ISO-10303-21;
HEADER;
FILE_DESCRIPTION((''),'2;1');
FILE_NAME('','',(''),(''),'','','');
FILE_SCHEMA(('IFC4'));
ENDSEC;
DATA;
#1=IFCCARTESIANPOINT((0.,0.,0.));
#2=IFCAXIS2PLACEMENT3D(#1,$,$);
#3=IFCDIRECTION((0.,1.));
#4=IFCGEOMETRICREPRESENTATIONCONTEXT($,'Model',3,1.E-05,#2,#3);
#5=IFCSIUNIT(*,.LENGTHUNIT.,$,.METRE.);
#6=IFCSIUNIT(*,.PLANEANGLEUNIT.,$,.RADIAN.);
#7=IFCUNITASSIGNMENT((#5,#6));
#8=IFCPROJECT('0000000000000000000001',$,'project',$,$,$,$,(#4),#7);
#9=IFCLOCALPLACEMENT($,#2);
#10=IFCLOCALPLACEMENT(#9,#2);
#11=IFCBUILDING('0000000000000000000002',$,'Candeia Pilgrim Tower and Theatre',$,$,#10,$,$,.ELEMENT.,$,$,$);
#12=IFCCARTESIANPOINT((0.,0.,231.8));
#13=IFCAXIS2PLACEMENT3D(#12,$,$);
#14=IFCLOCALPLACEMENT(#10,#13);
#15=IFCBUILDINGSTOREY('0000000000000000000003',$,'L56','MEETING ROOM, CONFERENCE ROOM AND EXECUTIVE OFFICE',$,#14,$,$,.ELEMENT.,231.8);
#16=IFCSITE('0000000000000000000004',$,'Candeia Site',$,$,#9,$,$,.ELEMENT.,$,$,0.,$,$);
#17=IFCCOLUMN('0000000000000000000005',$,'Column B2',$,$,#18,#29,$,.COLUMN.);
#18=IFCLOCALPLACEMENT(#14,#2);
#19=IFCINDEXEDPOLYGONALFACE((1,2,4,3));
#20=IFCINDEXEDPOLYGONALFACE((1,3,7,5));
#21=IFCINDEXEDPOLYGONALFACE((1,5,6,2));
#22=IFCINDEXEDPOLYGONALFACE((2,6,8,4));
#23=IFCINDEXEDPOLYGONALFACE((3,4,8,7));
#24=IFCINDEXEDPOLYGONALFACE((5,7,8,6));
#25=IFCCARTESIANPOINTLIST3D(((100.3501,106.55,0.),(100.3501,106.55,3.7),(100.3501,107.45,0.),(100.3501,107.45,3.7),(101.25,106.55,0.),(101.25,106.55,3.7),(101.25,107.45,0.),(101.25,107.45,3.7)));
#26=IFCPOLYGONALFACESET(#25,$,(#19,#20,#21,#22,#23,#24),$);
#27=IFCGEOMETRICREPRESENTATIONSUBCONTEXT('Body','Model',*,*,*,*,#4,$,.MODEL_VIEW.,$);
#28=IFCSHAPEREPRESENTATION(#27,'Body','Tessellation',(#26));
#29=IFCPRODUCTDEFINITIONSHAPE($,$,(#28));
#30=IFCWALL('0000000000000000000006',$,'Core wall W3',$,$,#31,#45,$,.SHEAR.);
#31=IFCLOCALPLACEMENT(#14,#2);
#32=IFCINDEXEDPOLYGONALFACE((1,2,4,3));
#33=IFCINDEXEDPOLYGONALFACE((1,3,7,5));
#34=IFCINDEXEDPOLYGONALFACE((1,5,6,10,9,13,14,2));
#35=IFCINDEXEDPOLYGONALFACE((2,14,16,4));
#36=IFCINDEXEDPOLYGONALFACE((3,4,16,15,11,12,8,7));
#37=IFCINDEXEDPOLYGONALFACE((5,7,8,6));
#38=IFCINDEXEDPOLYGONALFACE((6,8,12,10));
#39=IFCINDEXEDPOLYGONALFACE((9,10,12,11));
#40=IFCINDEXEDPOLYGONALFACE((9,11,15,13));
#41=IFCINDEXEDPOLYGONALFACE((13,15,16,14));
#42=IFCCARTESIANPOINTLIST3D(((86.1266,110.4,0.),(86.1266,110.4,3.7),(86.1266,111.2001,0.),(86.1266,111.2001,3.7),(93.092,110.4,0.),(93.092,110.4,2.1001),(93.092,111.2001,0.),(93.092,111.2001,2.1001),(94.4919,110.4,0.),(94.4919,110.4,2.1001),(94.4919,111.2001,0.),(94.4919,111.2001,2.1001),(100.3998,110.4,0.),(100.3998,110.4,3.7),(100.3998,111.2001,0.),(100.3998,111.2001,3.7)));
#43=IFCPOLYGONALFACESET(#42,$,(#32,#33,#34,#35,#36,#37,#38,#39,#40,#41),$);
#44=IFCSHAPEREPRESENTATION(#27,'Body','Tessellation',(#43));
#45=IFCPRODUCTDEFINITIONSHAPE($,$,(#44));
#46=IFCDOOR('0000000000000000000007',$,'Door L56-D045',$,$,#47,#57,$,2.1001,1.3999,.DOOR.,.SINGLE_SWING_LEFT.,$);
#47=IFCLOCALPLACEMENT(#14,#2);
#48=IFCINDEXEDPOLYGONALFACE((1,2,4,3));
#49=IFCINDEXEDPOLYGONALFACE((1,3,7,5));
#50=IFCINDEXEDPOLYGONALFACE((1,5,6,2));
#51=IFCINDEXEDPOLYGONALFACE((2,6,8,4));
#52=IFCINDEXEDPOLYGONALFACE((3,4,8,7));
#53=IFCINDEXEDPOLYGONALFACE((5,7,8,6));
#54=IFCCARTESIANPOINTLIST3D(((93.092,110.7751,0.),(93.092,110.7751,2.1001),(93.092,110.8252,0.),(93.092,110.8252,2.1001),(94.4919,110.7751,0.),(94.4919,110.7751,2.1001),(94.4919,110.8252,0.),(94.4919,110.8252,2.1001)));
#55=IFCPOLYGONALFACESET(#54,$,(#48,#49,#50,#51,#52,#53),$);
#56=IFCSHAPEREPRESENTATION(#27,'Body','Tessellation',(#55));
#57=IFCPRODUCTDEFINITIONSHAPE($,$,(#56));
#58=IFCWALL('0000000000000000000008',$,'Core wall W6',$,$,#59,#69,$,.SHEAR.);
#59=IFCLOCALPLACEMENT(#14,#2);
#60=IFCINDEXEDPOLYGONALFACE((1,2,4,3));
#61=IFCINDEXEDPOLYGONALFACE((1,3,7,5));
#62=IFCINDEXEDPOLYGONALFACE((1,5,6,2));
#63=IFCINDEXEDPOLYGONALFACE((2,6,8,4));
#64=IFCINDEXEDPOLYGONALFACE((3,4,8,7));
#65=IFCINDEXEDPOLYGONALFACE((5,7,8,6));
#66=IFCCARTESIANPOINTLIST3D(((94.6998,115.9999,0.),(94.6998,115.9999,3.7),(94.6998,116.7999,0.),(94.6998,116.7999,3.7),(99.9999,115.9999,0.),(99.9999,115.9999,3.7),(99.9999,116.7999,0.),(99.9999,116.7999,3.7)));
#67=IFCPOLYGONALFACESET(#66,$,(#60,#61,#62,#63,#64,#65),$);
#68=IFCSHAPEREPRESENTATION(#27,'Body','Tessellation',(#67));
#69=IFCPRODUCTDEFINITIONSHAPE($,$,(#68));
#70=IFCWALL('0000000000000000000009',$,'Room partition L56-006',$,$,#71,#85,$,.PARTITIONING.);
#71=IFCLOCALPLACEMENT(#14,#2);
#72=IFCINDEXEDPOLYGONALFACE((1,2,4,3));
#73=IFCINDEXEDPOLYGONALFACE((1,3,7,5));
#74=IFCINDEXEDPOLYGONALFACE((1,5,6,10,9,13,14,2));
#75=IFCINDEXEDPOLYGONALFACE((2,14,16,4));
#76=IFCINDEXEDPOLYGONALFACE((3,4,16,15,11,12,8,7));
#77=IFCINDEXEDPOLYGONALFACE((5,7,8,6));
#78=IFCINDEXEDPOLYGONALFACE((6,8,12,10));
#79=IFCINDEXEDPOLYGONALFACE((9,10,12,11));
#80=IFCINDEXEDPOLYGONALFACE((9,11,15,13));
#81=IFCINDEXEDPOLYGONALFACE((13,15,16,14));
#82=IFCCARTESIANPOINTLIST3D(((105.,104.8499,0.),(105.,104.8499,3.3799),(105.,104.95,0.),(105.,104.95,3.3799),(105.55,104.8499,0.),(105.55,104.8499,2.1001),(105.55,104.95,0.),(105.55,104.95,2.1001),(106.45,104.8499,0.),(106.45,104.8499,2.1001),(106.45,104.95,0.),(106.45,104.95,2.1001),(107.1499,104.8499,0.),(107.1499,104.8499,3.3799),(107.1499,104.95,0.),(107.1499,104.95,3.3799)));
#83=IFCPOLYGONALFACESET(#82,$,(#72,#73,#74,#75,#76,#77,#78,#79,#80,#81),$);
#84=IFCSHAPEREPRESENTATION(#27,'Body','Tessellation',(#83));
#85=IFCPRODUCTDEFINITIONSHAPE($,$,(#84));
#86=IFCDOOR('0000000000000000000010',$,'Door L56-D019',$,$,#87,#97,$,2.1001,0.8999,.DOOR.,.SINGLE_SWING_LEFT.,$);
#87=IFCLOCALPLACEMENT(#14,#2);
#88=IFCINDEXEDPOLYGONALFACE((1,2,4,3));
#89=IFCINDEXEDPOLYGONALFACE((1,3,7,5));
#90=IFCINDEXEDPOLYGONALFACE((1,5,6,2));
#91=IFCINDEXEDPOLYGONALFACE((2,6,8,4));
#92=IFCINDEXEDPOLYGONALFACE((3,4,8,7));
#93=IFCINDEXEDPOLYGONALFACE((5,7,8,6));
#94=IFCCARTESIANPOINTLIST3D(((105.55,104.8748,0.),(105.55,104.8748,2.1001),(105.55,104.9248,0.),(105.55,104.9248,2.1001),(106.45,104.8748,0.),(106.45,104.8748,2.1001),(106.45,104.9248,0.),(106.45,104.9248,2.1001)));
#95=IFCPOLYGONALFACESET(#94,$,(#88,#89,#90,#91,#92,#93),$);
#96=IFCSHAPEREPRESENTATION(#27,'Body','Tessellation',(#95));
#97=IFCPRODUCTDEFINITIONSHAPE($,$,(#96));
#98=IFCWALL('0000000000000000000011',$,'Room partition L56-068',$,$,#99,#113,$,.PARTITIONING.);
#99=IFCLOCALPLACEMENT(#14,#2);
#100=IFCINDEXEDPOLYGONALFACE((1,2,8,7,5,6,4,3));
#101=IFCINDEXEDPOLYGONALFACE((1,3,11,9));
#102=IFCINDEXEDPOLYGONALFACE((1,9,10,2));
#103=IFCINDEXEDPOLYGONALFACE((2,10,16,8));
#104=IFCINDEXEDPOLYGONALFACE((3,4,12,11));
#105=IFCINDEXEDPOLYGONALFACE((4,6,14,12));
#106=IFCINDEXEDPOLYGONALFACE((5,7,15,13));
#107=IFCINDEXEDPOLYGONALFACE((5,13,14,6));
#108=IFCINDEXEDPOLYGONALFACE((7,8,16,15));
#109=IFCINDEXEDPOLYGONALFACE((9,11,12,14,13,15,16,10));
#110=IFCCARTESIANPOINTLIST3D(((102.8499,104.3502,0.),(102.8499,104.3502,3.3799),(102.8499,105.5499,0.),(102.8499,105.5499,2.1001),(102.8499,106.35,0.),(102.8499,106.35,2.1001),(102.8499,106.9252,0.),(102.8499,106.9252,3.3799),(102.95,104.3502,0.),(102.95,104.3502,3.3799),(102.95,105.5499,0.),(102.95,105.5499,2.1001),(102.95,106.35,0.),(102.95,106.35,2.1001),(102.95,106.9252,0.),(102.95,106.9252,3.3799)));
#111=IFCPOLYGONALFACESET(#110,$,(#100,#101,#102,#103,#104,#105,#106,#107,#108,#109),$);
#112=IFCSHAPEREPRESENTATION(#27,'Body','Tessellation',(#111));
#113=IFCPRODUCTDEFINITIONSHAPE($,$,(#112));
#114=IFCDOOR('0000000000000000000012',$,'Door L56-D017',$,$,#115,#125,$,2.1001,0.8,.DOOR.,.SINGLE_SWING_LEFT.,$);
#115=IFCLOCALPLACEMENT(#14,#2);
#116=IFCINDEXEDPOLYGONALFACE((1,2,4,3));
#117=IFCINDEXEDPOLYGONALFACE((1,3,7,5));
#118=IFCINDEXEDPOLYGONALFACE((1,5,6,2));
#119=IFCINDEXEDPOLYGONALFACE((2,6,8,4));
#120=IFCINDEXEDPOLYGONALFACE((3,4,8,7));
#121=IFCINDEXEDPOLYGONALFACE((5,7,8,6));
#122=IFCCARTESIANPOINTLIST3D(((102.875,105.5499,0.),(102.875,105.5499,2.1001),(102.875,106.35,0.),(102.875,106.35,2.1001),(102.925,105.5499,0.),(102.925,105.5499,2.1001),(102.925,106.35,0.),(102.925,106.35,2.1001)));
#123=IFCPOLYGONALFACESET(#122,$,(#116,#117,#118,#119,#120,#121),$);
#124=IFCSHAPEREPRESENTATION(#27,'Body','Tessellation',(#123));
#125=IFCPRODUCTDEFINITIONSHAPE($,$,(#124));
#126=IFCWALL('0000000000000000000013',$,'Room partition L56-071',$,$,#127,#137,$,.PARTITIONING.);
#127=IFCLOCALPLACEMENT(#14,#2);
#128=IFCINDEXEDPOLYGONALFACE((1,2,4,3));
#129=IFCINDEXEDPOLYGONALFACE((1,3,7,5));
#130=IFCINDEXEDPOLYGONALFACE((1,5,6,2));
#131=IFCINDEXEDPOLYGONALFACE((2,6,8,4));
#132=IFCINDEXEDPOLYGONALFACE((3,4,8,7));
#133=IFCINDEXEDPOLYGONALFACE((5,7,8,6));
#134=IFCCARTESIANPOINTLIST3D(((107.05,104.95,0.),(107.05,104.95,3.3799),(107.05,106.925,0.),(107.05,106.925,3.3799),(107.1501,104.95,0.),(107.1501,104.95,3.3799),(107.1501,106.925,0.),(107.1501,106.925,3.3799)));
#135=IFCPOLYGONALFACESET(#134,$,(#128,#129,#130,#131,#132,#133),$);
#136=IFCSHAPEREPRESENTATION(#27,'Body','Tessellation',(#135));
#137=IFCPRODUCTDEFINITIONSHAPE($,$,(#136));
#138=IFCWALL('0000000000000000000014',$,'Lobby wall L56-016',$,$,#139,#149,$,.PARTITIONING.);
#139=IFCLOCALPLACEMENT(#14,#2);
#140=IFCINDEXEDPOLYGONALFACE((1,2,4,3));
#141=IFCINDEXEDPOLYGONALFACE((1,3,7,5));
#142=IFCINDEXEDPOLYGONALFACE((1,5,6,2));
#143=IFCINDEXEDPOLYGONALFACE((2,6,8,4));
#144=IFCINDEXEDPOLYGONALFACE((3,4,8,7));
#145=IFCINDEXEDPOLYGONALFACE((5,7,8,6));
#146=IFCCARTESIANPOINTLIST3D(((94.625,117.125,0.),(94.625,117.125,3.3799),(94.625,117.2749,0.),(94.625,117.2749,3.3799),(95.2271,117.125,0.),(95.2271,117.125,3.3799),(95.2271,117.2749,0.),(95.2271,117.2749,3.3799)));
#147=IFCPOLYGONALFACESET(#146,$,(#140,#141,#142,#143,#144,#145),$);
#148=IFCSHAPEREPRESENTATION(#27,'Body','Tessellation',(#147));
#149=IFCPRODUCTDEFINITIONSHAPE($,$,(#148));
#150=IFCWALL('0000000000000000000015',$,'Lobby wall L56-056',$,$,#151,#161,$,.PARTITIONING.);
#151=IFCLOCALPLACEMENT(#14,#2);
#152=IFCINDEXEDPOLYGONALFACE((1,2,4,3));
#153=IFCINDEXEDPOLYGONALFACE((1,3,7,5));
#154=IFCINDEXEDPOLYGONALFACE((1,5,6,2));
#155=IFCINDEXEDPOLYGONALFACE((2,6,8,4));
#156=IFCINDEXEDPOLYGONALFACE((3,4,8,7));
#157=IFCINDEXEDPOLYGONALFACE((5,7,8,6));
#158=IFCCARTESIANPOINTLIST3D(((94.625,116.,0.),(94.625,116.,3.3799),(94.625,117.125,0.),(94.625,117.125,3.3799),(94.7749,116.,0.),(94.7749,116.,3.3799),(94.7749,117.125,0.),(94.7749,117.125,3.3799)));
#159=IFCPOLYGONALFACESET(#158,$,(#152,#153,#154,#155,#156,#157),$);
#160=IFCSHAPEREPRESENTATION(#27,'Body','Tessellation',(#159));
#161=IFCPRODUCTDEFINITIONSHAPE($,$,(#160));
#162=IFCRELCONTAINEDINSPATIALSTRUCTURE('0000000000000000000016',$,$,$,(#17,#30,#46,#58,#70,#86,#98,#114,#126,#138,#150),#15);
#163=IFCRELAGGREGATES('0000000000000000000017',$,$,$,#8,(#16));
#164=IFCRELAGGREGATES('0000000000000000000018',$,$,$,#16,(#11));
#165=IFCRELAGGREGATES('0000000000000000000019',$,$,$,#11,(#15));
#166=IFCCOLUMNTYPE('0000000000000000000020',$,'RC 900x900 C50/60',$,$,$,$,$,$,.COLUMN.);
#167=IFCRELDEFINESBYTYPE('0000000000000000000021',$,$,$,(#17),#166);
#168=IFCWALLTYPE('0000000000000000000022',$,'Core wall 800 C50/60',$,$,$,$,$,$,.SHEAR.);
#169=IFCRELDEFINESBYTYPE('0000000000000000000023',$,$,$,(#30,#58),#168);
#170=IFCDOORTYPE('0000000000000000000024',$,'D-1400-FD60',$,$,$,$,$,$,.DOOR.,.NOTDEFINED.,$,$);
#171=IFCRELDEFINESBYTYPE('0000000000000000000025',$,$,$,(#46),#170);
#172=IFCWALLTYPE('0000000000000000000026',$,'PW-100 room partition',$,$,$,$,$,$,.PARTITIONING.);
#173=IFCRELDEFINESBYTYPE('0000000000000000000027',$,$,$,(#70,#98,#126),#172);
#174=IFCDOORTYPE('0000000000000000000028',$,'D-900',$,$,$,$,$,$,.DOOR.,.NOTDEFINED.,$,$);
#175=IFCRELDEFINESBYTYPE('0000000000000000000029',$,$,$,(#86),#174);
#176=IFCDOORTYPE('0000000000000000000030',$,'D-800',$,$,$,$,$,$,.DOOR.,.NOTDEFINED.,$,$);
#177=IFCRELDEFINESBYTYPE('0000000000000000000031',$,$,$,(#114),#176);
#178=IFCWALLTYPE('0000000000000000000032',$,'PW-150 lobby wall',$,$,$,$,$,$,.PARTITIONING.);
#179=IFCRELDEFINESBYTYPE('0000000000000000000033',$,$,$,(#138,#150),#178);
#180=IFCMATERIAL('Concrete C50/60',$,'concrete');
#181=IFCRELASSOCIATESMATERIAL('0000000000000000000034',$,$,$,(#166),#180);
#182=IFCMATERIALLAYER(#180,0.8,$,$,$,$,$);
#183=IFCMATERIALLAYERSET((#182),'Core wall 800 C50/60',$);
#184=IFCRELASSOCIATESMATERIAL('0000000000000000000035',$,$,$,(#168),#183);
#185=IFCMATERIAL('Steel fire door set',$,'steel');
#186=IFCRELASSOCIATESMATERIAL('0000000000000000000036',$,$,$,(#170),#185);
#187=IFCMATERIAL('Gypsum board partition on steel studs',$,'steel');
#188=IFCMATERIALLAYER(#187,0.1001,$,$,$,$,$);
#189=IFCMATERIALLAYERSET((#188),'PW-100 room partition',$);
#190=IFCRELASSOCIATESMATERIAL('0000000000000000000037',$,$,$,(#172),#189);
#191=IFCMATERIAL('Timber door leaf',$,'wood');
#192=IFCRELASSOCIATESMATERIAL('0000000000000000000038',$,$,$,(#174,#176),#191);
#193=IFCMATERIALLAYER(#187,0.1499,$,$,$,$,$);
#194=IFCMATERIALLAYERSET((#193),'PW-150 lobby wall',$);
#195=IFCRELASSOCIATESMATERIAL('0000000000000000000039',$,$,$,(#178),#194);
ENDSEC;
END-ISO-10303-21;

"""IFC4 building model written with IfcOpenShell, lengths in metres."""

from ifc_helpers import new_model, si_unit, direction, frame, frame_2d, origin, origin_2d, place, context, subcontext, project, spatial, rectangle, extrude, material, layer, layer_set, material_profile, profile_set, type_object, element, fill, save


model = new_model("IFC4")

# Units and contexts
model_context = context("Model", 3, precision=1e-05, world=origin(), true_north=direction((0.0, 1.0)))
body_context = subcontext(model_context, "Body", "Model", "MODEL_VIEW")
ifc_project = project(units=[si_unit("LENGTHUNIT", "METRE"), si_unit("PLANEANGLEUNIT", "RADIAN")], contexts=[model_context])

# Site, building, storey
site_placement = place(None, origin())
site = spatial("IfcSite", under=ifc_project, at=site_placement, Name="Candeia Site", CompositionType="ELEMENT", RefElevation=0.0)
building_placement = place(site_placement, origin())
building = spatial("IfcBuilding", under=site, at=building_placement, Name="Candeia Pilgrim Tower and Theatre", CompositionType="ELEMENT")
storey_placement = place(building_placement, frame((0.0, 0.0, 231.8)))
storey = spatial("IfcBuildingStorey", under=building, at=storey_placement, Name="L56", Description="MEETING ROOM, CONFERENCE ROOM AND EXECUTIVE OFFICE", CompositionType="ELEMENT", Elevation=231.8)

# Column
ifc_material_1 = material(Name="Concrete C50/60", Category="concrete")
ifc_material_profile = material_profile(ifc_material_1, rectangle(XDim=0.8999, YDim=0.8999, at=origin_2d()))
ifc_profile_set = profile_set([ifc_material_profile], Name="Concrete C50/60")
column_type = type_object("IfcColumnType", Name="RC 900x900 C50/60", PredefinedType="COLUMN", material=ifc_profile_set)
column_placement = place(storey_placement, frame((100.8, 107.0, 0.0), z_axis=(0.0, 0.0, 1.0), x_axis=(1.0, 0.0, 0.0)))
element("IfcColumn", 1, at=column_placement, inside=storey, type_object=column_type, Name="Column B2", PredefinedType="COLUMN", context=body_context, shape_type="SweptSolid", body=[
    extrude(rectangle(XDim=0.8999, YDim=0.8999, at=origin_2d()), origin(), (0.0, 0.0, 1.0), 3.7),
])

# Wall, opening, door
ifc_layer_1 = layer(ifc_material_1, 0.8)
ifc_layer_set_1 = layer_set([ifc_layer_1], Name="Core wall 800 C50/60")
wall_type_1 = type_object("IfcWallType", Name="Core wall 800 C50/60", PredefinedType="SHEAR", material=ifc_layer_set_1)
wall_1_placement = place(storey_placement, frame((100.3999, 110.8, 0.0), z_axis=(0.0, 0.0, 1.0), x_axis=(-1.0, 0.0, 0.0)))
wall_1 = element("IfcWall", 2, at=wall_1_placement, inside=storey, type_object=wall_type_1, Name="Core wall W3", PredefinedType="SHEAR", context=body_context, shape_type="SweptSolid", body=[
    extrude(rectangle(XDim=14.2732, YDim=0.8, at=frame_2d((7.1367, 0.0))), origin(), (0.0, 0.0, 1.0), 3.7),
])
opening_1_placement = place(wall_1_placement, frame((5.908, 0.0, 0.0)))
opening_1 = element("IfcOpeningElement", 3, at=opening_1_placement, cuts=wall_1, PredefinedType="OPENING", context=body_context, shape_type="SweptSolid", body=[
    extrude(rectangle(XDim=1.3999, YDim=2.1001, at=frame_2d((0.7, 1.05))), frame((0.0, 0.4102, 0.0), z_axis=(0.0, -1.0, 0.0), x_axis=(1.0, 0.0, 0.0)), (0.0, 0.0, 1.0), 0.8201),
])
ifc_material_2 = material(Name="Steel fire door set", Category="steel")
door_type_1 = type_object("IfcDoorType", Name="D-1400-FD60", OperationType="NOTDEFINED", PredefinedType="DOOR", material=ifc_material_2)
door_1_placement = place(opening_1_placement, origin())
door_1 = element("IfcDoor", 4, at=door_1_placement, inside=storey, type_object=door_type_1, Name="Door L56-D045", OperationType="SINGLE_SWING_LEFT", OverallHeight=2.1001, OverallWidth=1.3999, PredefinedType="DOOR", context=body_context, shape_type="SweptSolid", body=[
    extrude(rectangle(XDim=1.3999, YDim=2.1001, at=frame_2d((0.7, 1.05))), frame((0.0, 0.0249, 0.0), z_axis=(0.0, -1.0, 0.0), x_axis=(1.0, 0.0, 0.0)), (0.0, 0.0, 1.0), 0.05),
])
fill(opening_1, door_1)

# Wall
wall_2_placement = place(storey_placement, frame((94.7, 116.3999, 0.0), z_axis=(0.0, 0.0, 1.0), x_axis=(1.0, 0.0, 0.0)))
element("IfcWall", 5, at=wall_2_placement, inside=storey, type_object=wall_type_1, Name="Core wall W6", PredefinedType="SHEAR", context=body_context, shape_type="SweptSolid", body=[
    extrude(rectangle(XDim=5.3, YDim=0.8, at=frame_2d((2.6499, 0.0))), origin(), (0.0, 0.0, 1.0), 3.7),
])

# Walls, openings, doors
ifc_material_3 = material(Name="Gypsum board partition on steel studs", Category="steel")
ifc_layer_2 = layer(ifc_material_3, 0.1001)
ifc_layer_set_2 = layer_set([ifc_layer_2], Name="PW-100 room partition")
wall_type_2 = type_object("IfcWallType", Name="PW-100 room partition", PredefinedType="PARTITIONING", material=ifc_layer_set_2)
wall_3_placement = place(storey_placement, frame((105.0, 104.8999, 0.0), z_axis=(0.0, 0.0, 1.0), x_axis=(1.0, 0.0, 0.0)))
wall_3 = element("IfcWall", 6, at=wall_3_placement, inside=storey, type_object=wall_type_2, Name="Room partition L56-006", PredefinedType="PARTITIONING", context=body_context, shape_type="SweptSolid", body=[
    extrude(rectangle(XDim=2.1499, YDim=0.1001, at=frame_2d((1.075, 0.0))), origin(), (0.0, 0.0, 1.0), 3.3799),
])
opening_2_placement = place(wall_3_placement, frame((0.55, 0.0, 0.0)))
opening_2 = element("IfcOpeningElement", 7, at=opening_2_placement, cuts=wall_3, PredefinedType="OPENING", context=body_context, shape_type="SweptSolid", body=[
    extrude(rectangle(XDim=0.8999, YDim=2.1001, at=frame_2d((0.45, 1.05))), frame((0.0, 0.0601, 0.0), z_axis=(0.0, -1.0, 0.0), x_axis=(1.0, 0.0, 0.0)), (0.0, 0.0, 1.0), 0.1201),
])
ifc_material_4 = material(Name="Timber door leaf", Category="wood")
door_type_2 = type_object("IfcDoorType", Name="D-900", OperationType="NOTDEFINED", PredefinedType="DOOR", material=ifc_material_4)
door_2_placement = place(opening_2_placement, origin())
door_2 = element("IfcDoor", 8, at=door_2_placement, inside=storey, type_object=door_type_2, Name="Door L56-D019", OperationType="SINGLE_SWING_LEFT", OverallHeight=2.1001, OverallWidth=0.8999, PredefinedType="DOOR", context=body_context, shape_type="SweptSolid", body=[
    extrude(rectangle(XDim=0.8999, YDim=2.1001, at=frame_2d((0.45, 1.05))), frame((0.0, 0.0249, 0.0), z_axis=(0.0, -1.0, 0.0), x_axis=(1.0, 0.0, 0.0)), (0.0, 0.0, 1.0), 0.05),
])
fill(opening_2, door_2)
wall_4_placement = place(storey_placement, frame((102.8999, 104.3501, 0.0), z_axis=(0.0, 0.0, 1.0), x_axis=(0.0, 1.0, 0.0)))
wall_4 = element("IfcWall", 9, at=wall_4_placement, inside=storey, type_object=wall_type_2, Name="Room partition L56-068", PredefinedType="PARTITIONING", context=body_context, shape_type="SweptSolid", body=[
    extrude(rectangle(XDim=2.575, YDim=0.1001, at=frame_2d((1.2876, 0.0))), origin(), (0.0, 0.0, 1.0), 3.3799),
])
opening_3_placement = place(wall_4_placement, frame((1.2, 0.0, 0.0)))
opening_3 = element("IfcOpeningElement", 10, at=opening_3_placement, cuts=wall_4, PredefinedType="OPENING", context=body_context, shape_type="SweptSolid", body=[
    extrude(rectangle(XDim=0.8, YDim=2.1001, at=frame_2d((0.3999, 1.05))), frame((0.0, 0.0601, 0.0), z_axis=(0.0, -1.0, 0.0), x_axis=(1.0, 0.0, 0.0)), (0.0, 0.0, 1.0), 0.1201),
])
door_type_3 = type_object("IfcDoorType", Name="D-800", OperationType="NOTDEFINED", PredefinedType="DOOR", material=ifc_material_4)
door_3_placement = place(opening_3_placement, origin())
door_3 = element("IfcDoor", 11, at=door_3_placement, inside=storey, type_object=door_type_3, Name="Door L56-D017", OperationType="SINGLE_SWING_LEFT", OverallHeight=2.1001, OverallWidth=0.8, PredefinedType="DOOR", context=body_context, shape_type="SweptSolid", body=[
    extrude(rectangle(XDim=0.8, YDim=2.1001, at=frame_2d((0.3999, 1.05))), frame((0.0, 0.0249, 0.0), z_axis=(0.0, -1.0, 0.0), x_axis=(1.0, 0.0, 0.0)), (0.0, 0.0, 1.0), 0.05),
])
fill(opening_3, door_3)

# Walls
wall_5_placement = place(storey_placement, frame((107.1001, 104.95, 0.0), z_axis=(0.0, 0.0, 1.0), x_axis=(0.0, 1.0, 0.0)))
element("IfcWall", 12, at=wall_5_placement, inside=storey, type_object=wall_type_2, Name="Room partition L56-071", PredefinedType="PARTITIONING", context=body_context, shape_type="SweptSolid", body=[
    extrude(rectangle(XDim=1.9751, YDim=0.1001, at=frame_2d((0.9875, 0.0))), origin(), (0.0, 0.0, 1.0), 3.3799),
])
ifc_layer_3 = layer(ifc_material_3, 0.1499)
ifc_layer_set_3 = layer_set([ifc_layer_3], Name="PW-150 lobby wall")
wall_type_3 = type_object("IfcWallType", Name="PW-150 lobby wall", PredefinedType="PARTITIONING", material=ifc_layer_set_3)
wall_6_placement = place(storey_placement, frame((94.625, 117.2, 0.0), z_axis=(0.0, 0.0, 1.0), x_axis=(1.0, 0.0, 0.0)))
element("IfcWall", 13, at=wall_6_placement, inside=storey, type_object=wall_type_3, Name="Lobby wall L56-016", PredefinedType="PARTITIONING", context=body_context, shape_type="SweptSolid", body=[
    extrude(rectangle(XDim=0.6021, YDim=0.1499, at=frame_2d((0.301, 0.0))), origin(), (0.0, 0.0, 1.0), 3.3799),
])
wall_7_placement = place(storey_placement, frame((94.7, 116.0, 0.0), z_axis=(0.0, 0.0, 1.0), x_axis=(0.0, 1.0, 0.0)))
element("IfcWall", 14, at=wall_7_placement, inside=storey, type_object=wall_type_3, Name="Lobby wall L56-056", PredefinedType="PARTITIONING", context=body_context, shape_type="SweptSolid", body=[
    extrude(rectangle(XDim=1.125, YDim=0.1499, at=frame_2d((0.5625, 0.0))), origin(), (0.0, 0.0, 1.0), 3.3799),
])

save(model, "model.ifc")
